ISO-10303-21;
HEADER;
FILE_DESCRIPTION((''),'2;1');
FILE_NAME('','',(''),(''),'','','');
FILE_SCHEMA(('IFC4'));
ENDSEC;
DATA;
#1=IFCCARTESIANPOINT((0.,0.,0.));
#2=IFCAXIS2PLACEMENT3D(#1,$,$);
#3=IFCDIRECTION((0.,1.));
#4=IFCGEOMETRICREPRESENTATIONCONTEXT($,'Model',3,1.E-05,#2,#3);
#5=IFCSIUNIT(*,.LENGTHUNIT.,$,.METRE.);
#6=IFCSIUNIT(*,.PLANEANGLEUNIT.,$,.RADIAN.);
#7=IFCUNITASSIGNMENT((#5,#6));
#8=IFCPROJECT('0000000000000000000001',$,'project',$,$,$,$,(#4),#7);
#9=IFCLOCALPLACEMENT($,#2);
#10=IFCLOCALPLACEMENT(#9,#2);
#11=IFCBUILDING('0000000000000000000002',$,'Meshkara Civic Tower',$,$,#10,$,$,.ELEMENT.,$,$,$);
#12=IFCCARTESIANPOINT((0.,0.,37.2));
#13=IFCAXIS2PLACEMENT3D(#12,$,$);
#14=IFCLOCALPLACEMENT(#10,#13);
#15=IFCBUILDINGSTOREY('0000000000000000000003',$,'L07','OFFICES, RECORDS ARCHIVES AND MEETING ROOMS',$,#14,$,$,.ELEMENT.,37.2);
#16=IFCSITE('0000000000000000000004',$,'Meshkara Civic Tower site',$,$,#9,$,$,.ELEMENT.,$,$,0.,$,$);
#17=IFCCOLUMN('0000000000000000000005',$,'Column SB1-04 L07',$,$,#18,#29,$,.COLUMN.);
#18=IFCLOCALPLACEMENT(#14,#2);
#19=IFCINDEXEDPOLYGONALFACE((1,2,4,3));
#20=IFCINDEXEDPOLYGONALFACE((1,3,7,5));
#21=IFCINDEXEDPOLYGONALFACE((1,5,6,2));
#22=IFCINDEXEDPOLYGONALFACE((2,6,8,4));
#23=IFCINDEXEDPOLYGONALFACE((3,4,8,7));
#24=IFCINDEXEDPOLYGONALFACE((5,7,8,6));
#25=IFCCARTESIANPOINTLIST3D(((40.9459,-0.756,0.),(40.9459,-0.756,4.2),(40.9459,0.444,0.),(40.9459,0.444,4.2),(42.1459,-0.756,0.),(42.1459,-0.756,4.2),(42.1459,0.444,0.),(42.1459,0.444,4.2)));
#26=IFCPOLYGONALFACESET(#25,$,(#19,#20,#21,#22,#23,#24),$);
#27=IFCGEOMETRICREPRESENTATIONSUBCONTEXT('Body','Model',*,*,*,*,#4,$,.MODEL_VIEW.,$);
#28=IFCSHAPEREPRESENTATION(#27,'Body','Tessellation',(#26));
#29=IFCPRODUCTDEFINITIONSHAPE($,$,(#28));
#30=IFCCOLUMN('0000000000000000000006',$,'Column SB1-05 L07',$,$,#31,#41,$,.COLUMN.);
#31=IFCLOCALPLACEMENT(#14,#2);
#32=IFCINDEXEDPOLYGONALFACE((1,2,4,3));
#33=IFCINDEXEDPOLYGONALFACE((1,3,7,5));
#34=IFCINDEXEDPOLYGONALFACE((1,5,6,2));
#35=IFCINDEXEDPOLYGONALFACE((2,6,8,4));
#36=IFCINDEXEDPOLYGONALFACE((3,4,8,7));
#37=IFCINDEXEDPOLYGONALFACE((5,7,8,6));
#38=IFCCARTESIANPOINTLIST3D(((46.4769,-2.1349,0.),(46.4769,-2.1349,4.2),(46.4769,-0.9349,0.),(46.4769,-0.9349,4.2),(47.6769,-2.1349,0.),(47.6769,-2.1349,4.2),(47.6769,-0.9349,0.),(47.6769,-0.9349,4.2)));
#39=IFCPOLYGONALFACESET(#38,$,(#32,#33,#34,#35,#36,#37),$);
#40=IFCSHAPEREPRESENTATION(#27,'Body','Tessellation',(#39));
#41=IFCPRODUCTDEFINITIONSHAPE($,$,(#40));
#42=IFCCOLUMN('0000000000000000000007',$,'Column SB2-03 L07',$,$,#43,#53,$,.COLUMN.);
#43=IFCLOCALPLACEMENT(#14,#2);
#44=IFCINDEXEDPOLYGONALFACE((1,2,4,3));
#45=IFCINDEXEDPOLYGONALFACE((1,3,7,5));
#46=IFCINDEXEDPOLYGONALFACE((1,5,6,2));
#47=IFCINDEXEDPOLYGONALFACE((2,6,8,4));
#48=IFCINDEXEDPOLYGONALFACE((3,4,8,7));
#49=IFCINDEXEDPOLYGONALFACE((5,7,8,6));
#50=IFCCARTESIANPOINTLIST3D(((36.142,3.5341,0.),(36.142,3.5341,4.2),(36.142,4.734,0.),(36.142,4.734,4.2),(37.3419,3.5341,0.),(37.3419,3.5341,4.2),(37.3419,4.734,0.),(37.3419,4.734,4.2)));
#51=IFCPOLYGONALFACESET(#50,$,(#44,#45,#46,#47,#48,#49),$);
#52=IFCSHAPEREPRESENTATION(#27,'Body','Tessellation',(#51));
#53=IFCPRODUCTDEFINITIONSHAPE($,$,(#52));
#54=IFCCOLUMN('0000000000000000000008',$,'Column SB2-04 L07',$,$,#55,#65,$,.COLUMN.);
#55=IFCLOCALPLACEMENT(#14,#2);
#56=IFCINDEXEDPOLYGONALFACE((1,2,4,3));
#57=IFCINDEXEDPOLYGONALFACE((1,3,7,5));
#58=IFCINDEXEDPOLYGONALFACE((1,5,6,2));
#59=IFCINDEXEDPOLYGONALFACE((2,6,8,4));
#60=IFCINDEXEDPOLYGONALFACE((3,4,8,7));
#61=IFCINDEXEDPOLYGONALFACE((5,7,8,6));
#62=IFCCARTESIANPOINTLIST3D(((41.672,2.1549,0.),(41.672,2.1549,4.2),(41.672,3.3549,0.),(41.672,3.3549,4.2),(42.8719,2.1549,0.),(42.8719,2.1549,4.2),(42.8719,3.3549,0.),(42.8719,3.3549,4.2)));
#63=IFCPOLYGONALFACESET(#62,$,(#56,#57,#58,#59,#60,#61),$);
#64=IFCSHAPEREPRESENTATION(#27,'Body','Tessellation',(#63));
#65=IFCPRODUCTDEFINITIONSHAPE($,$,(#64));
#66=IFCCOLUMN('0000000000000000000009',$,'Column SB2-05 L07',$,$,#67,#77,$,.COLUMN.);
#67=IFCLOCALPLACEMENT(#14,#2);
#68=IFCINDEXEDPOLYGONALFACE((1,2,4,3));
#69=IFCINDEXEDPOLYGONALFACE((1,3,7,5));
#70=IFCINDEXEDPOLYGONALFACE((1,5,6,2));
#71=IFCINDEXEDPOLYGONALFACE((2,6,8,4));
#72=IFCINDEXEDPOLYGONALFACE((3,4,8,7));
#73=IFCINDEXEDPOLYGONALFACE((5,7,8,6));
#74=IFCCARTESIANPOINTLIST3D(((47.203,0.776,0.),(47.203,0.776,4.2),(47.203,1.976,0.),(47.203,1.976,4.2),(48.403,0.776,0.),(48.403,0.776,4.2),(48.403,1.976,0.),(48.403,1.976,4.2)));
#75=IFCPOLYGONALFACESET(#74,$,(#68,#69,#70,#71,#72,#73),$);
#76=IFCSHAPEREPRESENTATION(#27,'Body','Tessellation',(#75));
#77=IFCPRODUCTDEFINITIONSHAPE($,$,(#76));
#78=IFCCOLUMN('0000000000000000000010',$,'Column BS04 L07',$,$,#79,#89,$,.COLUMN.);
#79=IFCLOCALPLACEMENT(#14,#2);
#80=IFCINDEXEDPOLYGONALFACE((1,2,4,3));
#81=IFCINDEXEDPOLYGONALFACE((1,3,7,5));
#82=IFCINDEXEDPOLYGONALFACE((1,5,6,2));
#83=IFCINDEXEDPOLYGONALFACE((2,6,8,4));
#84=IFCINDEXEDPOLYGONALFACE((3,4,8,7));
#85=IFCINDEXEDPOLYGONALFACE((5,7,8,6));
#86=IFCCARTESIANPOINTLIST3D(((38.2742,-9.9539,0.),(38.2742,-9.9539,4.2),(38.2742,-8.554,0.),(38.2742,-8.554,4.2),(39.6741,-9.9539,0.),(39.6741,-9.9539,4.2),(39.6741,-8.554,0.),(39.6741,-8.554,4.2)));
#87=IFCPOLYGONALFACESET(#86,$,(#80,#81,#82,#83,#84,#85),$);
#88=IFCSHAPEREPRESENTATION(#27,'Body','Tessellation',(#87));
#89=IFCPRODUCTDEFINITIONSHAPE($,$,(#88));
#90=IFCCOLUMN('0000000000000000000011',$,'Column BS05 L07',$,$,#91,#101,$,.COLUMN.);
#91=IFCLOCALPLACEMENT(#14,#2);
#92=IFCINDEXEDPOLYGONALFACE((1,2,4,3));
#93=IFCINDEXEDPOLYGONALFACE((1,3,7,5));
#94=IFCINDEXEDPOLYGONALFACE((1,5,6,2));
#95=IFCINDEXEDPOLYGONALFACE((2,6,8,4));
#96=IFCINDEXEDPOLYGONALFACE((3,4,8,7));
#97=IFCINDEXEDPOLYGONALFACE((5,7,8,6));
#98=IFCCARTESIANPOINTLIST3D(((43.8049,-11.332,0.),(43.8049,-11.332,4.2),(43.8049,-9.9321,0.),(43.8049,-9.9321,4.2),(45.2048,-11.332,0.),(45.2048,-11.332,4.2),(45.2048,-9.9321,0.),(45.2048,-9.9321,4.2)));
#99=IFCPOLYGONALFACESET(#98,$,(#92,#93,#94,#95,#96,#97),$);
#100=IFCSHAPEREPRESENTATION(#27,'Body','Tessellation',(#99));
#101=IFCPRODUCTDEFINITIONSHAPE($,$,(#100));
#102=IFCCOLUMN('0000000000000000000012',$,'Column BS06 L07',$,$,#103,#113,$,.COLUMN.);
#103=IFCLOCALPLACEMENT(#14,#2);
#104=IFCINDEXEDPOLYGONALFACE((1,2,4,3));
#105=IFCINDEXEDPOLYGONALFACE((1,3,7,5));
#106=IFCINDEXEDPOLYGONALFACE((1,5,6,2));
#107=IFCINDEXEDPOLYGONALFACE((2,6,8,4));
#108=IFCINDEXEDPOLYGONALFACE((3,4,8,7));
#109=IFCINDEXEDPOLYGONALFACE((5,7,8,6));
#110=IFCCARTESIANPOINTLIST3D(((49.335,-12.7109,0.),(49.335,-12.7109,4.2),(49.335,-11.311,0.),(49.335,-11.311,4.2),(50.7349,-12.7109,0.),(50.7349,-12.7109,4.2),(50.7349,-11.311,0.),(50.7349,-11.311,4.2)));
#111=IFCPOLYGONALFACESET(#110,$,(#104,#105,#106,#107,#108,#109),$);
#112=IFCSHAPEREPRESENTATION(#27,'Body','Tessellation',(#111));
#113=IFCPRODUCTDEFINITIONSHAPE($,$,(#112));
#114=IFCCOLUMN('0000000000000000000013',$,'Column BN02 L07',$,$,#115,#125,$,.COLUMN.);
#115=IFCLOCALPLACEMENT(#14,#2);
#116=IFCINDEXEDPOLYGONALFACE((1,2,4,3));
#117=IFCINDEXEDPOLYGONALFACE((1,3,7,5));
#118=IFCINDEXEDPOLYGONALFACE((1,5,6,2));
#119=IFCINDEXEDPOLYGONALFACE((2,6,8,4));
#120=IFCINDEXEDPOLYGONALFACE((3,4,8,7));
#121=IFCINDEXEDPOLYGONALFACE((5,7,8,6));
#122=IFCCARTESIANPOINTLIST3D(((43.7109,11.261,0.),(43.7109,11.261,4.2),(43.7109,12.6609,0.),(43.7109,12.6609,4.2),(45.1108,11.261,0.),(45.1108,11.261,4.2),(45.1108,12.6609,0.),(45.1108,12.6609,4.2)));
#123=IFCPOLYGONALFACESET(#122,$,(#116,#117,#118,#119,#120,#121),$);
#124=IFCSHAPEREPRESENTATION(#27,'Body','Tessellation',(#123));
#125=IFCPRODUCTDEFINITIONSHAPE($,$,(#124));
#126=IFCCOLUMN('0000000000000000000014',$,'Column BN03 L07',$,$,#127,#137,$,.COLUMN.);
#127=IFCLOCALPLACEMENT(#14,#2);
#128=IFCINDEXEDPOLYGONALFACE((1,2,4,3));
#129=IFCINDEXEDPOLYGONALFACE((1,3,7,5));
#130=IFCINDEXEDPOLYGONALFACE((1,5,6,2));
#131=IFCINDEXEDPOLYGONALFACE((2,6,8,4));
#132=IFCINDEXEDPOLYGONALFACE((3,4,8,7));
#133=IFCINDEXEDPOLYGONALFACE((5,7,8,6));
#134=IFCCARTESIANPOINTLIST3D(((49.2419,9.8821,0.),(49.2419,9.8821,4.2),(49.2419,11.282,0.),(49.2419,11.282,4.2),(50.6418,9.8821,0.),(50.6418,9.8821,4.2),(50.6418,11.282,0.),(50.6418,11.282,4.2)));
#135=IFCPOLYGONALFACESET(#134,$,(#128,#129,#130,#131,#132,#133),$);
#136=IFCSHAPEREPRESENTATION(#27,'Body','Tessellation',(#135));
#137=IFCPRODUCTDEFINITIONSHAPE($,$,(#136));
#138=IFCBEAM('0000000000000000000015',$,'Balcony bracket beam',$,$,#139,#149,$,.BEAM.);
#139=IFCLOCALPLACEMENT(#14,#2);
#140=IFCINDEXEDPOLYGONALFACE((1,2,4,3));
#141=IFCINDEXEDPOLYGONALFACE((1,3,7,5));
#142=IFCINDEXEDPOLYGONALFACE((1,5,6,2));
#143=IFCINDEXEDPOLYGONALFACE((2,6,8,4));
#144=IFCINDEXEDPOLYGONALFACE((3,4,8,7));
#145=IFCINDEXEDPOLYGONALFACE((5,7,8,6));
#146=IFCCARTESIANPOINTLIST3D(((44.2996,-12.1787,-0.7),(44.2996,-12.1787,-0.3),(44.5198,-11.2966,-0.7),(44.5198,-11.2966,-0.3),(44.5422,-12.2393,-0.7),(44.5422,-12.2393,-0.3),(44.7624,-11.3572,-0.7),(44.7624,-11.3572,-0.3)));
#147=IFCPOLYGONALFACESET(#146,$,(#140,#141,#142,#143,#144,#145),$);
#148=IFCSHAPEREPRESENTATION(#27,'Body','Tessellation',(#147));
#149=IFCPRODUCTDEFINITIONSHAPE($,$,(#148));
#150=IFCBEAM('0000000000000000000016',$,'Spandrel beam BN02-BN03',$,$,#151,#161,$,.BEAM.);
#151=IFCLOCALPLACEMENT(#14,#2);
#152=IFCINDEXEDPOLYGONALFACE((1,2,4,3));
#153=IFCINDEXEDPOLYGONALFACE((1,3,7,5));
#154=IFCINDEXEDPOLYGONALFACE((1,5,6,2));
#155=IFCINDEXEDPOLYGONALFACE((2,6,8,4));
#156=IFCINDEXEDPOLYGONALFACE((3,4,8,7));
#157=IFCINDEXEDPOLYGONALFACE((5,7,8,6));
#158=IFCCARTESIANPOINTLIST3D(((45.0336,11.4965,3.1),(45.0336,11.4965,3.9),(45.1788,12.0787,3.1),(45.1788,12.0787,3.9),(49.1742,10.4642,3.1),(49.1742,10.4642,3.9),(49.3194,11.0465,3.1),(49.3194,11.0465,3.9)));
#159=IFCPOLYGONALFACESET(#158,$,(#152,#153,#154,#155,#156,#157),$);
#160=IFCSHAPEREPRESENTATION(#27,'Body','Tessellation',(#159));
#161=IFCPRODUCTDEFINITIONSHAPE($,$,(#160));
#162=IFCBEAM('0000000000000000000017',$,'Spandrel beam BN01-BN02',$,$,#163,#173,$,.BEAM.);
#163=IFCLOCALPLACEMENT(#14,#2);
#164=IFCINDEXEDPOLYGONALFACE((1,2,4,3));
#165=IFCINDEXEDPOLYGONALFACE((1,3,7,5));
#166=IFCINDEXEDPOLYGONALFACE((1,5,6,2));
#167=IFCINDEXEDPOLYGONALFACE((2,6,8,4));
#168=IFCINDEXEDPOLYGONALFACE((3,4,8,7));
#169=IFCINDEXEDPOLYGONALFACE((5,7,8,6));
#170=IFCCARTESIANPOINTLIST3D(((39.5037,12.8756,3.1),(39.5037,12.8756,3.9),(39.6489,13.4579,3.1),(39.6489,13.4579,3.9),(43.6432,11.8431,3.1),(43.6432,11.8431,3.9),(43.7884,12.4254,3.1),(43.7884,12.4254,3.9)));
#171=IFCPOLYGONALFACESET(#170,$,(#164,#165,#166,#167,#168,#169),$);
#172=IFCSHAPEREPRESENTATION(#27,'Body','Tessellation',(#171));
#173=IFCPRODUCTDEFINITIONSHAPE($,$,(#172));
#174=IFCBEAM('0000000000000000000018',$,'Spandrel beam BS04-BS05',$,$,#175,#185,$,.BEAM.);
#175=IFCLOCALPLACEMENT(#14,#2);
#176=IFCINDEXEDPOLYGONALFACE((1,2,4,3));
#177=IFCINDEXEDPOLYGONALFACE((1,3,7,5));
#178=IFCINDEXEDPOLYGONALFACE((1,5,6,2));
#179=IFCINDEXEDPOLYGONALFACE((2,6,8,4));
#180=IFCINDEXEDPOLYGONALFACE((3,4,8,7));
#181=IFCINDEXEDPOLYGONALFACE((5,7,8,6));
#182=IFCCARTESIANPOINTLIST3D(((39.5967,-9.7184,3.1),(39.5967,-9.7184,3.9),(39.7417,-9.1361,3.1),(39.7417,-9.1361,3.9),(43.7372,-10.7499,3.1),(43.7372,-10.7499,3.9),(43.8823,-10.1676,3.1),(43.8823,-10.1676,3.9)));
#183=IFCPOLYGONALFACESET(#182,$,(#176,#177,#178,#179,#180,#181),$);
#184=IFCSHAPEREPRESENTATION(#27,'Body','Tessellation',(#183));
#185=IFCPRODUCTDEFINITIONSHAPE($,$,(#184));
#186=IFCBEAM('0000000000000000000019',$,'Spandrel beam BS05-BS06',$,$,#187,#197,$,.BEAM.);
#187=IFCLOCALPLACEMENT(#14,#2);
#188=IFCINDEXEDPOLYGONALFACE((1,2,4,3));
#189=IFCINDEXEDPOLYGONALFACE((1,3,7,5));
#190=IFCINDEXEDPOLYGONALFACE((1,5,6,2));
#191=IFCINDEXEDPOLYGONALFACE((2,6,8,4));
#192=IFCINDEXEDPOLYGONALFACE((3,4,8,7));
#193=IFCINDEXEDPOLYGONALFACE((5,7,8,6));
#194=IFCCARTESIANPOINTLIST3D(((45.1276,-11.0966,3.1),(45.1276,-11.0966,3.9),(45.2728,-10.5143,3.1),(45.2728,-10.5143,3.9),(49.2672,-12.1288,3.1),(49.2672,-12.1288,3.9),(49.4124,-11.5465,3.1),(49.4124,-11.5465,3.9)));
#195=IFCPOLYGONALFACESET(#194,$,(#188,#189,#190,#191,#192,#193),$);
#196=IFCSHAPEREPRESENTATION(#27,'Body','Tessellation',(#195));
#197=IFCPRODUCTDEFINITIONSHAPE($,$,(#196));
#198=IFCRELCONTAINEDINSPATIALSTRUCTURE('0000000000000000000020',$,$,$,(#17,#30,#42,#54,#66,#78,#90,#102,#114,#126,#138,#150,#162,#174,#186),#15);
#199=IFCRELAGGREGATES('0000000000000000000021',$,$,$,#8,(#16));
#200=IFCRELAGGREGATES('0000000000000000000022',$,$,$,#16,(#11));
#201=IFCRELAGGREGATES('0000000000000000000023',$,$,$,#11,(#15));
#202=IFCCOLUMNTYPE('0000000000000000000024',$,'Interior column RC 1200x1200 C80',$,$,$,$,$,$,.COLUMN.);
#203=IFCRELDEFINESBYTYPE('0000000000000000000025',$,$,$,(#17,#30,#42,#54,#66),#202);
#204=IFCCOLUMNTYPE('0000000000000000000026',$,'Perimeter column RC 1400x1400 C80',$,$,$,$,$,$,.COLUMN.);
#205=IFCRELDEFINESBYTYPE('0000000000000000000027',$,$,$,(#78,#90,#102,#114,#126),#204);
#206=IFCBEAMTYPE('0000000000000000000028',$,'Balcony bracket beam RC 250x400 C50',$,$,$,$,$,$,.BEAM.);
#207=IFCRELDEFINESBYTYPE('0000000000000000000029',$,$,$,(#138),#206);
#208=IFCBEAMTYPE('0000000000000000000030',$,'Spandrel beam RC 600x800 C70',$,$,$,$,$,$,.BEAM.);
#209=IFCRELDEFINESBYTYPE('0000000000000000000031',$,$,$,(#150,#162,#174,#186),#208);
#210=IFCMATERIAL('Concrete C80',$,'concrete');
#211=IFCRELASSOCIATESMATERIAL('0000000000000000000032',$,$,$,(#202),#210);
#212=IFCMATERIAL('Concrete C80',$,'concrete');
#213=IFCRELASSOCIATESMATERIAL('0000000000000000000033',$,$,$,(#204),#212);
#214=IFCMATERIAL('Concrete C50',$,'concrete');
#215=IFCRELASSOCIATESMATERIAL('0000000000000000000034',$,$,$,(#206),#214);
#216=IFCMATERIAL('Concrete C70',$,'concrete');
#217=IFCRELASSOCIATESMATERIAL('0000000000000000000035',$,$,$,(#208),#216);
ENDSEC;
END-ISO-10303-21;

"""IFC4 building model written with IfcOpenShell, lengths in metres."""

from ifc_helpers import new_model, si_unit, direction, frame, origin, origin_2d, place, context, subcontext, project, spatial, rectangle, extrude, material, material_profile, profile_set, type_object, element, save


model = new_model("IFC4")

# Units and contexts
model_context = context("Model", 3, precision=1e-05, world=origin(), true_north=direction((0.0, 1.0)))
body_context = subcontext(model_context, "Body", "Model", "MODEL_VIEW")
ifc_project = project(units=[si_unit("LENGTHUNIT", "METRE"), si_unit("PLANEANGLEUNIT", "RADIAN")], contexts=[model_context])

# Site, building, storey
site_placement = place(None, origin())
site = spatial("IfcSite", under=ifc_project, at=site_placement, Name="Meshkara Civic Tower site", CompositionType="ELEMENT", RefElevation=0.0)
building_placement = place(site_placement, origin())
building = spatial("IfcBuilding", under=site, at=building_placement, Name="Meshkara Civic Tower", CompositionType="ELEMENT")
storey_placement = place(building_placement, frame((0.0, 0.0, 37.2)))
storey = spatial("IfcBuildingStorey", under=building, at=storey_placement, Name="L07", Description="OFFICES, RECORDS ARCHIVES AND MEETING ROOMS", CompositionType="ELEMENT", Elevation=37.2)

# Columns
ifc_material_1 = material(Name="Concrete C80", Category="concrete")
ifc_material_profile_1 = material_profile(ifc_material_1, rectangle(XDim=1.2, YDim=1.2, at=origin_2d()))
ifc_profile_set_1 = profile_set([ifc_material_profile_1], Name="Concrete C80")
column_type_1 = type_object("IfcColumnType", Name="Interior column RC 1200x1200 C80", PredefinedType="COLUMN", material=ifc_profile_set_1)
for number, where, z_axis, x_axis, name in (
    (1, (41.5459, -0.156, 0.0), (0.0, 0.0, 1.0), (1.0, 0.0, 0.0), "Column SB1-04 L07"),
    (2, (47.0769, -1.5349, 0.0), (0.0, 0.0, 1.0), (1.0, 0.0, 0.0), "Column SB1-05 L07"),
    (3, (36.7419, 4.134, 0.0), (0.0, 0.0, 1.0), (1.0, 0.0, 0.0), "Column SB2-03 L07"),
    (4, (42.272, 2.7549, 0.0), (0.0, 0.0, 1.0), (1.0, 0.0, 0.0), "Column SB2-04 L07"),
    (5, (47.803, 1.376, 0.0), (0.0, 0.0, 1.0), (1.0, 0.0, 0.0), "Column SB2-05 L07"),
):
    element("IfcColumn", number, at=place(storey_placement, frame(where, z_axis=z_axis, x_axis=x_axis)), inside=storey, type_object=column_type_1, Name=name, PredefinedType="COLUMN", context=body_context, shape_type="SweptSolid", body=[
        extrude(rectangle(XDim=1.2, YDim=1.2, at=origin_2d()), origin(), (0.0, 0.0, 1.0), 4.2),
    ])
ifc_material_2 = material(Name="Concrete C80", Category="concrete")
ifc_material_profile_2 = material_profile(ifc_material_2, rectangle(XDim=1.3999, YDim=1.3999, at=origin_2d()))
ifc_profile_set_2 = profile_set([ifc_material_profile_2], Name="Concrete C80")
column_type_2 = type_object("IfcColumnType", Name="Perimeter column RC 1400x1400 C80", PredefinedType="COLUMN", material=ifc_profile_set_2)
for number, where, z_axis, x_axis, name in (
    (6, (38.9741, -9.2539, 0.0), (0.0, 0.0, 1.0), (1.0, 0.0, 0.0), "Column BS04 L07"),
    (7, (44.5049, -10.6321, 0.0), (0.0, 0.0, 1.0), (1.0, 0.0, 0.0), "Column BS05 L07"),
    (8, (50.0349, -12.011, 0.0), (0.0, 0.0, 1.0), (1.0, 0.0, 0.0), "Column BS06 L07"),
    (9, (44.4109, 11.9609, 0.0), (0.0, 0.0, 1.0), (1.0, 0.0, 0.0), "Column BN02 L07"),
    (10, (49.9419, 10.582, 0.0), (0.0, 0.0, 1.0), (1.0, 0.0, 0.0), "Column BN03 L07"),
):
    element("IfcColumn", number, at=place(storey_placement, frame(where, z_axis=z_axis, x_axis=x_axis)), inside=storey, type_object=column_type_2, Name=name, PredefinedType="COLUMN", context=body_context, shape_type="SweptSolid", body=[
        extrude(rectangle(XDim=1.3999, YDim=1.3999, at=origin_2d()), origin(), (0.0, 0.0, 1.0), 4.2),
    ])

# Beams
ifc_material_3 = material(Name="Concrete C50", Category="concrete")
ifc_material_profile_3 = material_profile(ifc_material_3, rectangle(XDim=0.25, YDim=0.3999, at=origin_2d()))
ifc_profile_set_3 = profile_set([ifc_material_profile_3], Name="Concrete C50")
beam_type_1 = type_object("IfcBeamType", Name="Balcony bracket beam RC 250x400 C50", PredefinedType="BEAM", material=ifc_profile_set_3)
beam_1_placement = place(storey_placement, frame((44.6411, -11.3269, -0.5), z_axis=(-0.24222, -0.970221, 0.0), x_axis=(0.970221, -0.24222, 0.0)))
element("IfcBeam", 11, at=beam_1_placement, inside=storey, type_object=beam_type_1, Name="Balcony bracket beam", PredefinedType="BEAM", context=body_context, shape_type="SweptSolid", body=[
    extrude(rectangle(XDim=0.25, YDim=0.3999, at=origin_2d()), origin(), (0.0, 0.0, 1.0), 0.9092),
])
ifc_material_4 = material(Name="Concrete C70", Category="concrete")
ifc_material_profile_4 = material_profile(ifc_material_4, rectangle(XDim=0.6001, YDim=0.8, at=origin_2d()))
ifc_profile_set_4 = profile_set([ifc_material_profile_4], Name="Concrete C70")
beam_type_2 = type_object("IfcBeamType", Name="Spandrel beam RC 600x800 C70", PredefinedType="BEAM", material=ifc_profile_set_4)
beam_2_placement = place(storey_placement, frame((49.2468, 10.7554, 3.5), z_axis=(-0.970304, 0.241889, 0.0), x_axis=(-0.241889, -0.970304, 0.0)))
element("IfcBeam", 12, at=beam_2_placement, inside=storey, type_object=beam_type_2, Name="Spandrel beam BN02-BN03", PredefinedType="BEAM", context=body_context, shape_type="SweptSolid", body=[
    extrude(rectangle(XDim=0.6001, YDim=0.8, at=origin_2d()), origin(), (0.0, 0.0, 1.0), 4.2673),
])
beam_3_placement = place(storey_placement, frame((43.7158, 12.1343, 3.5), z_axis=(-0.970277, 0.241997, 0.0), x_axis=(-0.241997, -0.970277, 0.0)))
element("IfcBeam", 13, at=beam_3_placement, inside=storey, type_object=beam_type_2, Name="Spandrel beam BN01-BN02", PredefinedType="BEAM", context=body_context, shape_type="SweptSolid", body=[
    extrude(rectangle(XDim=0.6001, YDim=0.8, at=origin_2d()), origin(), (0.0, 0.0, 1.0), 4.2664),
])
beam_4_placement = place(storey_placement, frame((39.6692, -9.4272, 3.5), z_axis=(0.970344, -0.241728, 0.0), x_axis=(0.241728, 0.970344, 0.0)))
element("IfcBeam", 14, at=beam_4_placement, inside=storey, type_object=beam_type_2, Name="Spandrel beam BS04-BS05", PredefinedType="BEAM", context=body_context, shape_type="SweptSolid", body=[
    extrude(rectangle(XDim=0.6001, YDim=0.8, at=origin_2d()), origin(), (0.0, 0.0, 1.0), 4.2671),
])
beam_5_placement = place(storey_placement, frame((45.2002, -10.8054, 3.5), z_axis=(0.97029, -0.241943, 0.0), x_axis=(0.241943, 0.97029, 0.0)))
element("IfcBeam", 15, at=beam_5_placement, inside=storey, type_object=beam_type_2, Name="Spandrel beam BS05-BS06", PredefinedType="BEAM", context=body_context, shape_type="SweptSolid", body=[
    extrude(rectangle(XDim=0.6001, YDim=0.8, at=origin_2d()), origin(), (0.0, 0.0, 1.0), 4.2664),
])

save(model, "model.ifc")
